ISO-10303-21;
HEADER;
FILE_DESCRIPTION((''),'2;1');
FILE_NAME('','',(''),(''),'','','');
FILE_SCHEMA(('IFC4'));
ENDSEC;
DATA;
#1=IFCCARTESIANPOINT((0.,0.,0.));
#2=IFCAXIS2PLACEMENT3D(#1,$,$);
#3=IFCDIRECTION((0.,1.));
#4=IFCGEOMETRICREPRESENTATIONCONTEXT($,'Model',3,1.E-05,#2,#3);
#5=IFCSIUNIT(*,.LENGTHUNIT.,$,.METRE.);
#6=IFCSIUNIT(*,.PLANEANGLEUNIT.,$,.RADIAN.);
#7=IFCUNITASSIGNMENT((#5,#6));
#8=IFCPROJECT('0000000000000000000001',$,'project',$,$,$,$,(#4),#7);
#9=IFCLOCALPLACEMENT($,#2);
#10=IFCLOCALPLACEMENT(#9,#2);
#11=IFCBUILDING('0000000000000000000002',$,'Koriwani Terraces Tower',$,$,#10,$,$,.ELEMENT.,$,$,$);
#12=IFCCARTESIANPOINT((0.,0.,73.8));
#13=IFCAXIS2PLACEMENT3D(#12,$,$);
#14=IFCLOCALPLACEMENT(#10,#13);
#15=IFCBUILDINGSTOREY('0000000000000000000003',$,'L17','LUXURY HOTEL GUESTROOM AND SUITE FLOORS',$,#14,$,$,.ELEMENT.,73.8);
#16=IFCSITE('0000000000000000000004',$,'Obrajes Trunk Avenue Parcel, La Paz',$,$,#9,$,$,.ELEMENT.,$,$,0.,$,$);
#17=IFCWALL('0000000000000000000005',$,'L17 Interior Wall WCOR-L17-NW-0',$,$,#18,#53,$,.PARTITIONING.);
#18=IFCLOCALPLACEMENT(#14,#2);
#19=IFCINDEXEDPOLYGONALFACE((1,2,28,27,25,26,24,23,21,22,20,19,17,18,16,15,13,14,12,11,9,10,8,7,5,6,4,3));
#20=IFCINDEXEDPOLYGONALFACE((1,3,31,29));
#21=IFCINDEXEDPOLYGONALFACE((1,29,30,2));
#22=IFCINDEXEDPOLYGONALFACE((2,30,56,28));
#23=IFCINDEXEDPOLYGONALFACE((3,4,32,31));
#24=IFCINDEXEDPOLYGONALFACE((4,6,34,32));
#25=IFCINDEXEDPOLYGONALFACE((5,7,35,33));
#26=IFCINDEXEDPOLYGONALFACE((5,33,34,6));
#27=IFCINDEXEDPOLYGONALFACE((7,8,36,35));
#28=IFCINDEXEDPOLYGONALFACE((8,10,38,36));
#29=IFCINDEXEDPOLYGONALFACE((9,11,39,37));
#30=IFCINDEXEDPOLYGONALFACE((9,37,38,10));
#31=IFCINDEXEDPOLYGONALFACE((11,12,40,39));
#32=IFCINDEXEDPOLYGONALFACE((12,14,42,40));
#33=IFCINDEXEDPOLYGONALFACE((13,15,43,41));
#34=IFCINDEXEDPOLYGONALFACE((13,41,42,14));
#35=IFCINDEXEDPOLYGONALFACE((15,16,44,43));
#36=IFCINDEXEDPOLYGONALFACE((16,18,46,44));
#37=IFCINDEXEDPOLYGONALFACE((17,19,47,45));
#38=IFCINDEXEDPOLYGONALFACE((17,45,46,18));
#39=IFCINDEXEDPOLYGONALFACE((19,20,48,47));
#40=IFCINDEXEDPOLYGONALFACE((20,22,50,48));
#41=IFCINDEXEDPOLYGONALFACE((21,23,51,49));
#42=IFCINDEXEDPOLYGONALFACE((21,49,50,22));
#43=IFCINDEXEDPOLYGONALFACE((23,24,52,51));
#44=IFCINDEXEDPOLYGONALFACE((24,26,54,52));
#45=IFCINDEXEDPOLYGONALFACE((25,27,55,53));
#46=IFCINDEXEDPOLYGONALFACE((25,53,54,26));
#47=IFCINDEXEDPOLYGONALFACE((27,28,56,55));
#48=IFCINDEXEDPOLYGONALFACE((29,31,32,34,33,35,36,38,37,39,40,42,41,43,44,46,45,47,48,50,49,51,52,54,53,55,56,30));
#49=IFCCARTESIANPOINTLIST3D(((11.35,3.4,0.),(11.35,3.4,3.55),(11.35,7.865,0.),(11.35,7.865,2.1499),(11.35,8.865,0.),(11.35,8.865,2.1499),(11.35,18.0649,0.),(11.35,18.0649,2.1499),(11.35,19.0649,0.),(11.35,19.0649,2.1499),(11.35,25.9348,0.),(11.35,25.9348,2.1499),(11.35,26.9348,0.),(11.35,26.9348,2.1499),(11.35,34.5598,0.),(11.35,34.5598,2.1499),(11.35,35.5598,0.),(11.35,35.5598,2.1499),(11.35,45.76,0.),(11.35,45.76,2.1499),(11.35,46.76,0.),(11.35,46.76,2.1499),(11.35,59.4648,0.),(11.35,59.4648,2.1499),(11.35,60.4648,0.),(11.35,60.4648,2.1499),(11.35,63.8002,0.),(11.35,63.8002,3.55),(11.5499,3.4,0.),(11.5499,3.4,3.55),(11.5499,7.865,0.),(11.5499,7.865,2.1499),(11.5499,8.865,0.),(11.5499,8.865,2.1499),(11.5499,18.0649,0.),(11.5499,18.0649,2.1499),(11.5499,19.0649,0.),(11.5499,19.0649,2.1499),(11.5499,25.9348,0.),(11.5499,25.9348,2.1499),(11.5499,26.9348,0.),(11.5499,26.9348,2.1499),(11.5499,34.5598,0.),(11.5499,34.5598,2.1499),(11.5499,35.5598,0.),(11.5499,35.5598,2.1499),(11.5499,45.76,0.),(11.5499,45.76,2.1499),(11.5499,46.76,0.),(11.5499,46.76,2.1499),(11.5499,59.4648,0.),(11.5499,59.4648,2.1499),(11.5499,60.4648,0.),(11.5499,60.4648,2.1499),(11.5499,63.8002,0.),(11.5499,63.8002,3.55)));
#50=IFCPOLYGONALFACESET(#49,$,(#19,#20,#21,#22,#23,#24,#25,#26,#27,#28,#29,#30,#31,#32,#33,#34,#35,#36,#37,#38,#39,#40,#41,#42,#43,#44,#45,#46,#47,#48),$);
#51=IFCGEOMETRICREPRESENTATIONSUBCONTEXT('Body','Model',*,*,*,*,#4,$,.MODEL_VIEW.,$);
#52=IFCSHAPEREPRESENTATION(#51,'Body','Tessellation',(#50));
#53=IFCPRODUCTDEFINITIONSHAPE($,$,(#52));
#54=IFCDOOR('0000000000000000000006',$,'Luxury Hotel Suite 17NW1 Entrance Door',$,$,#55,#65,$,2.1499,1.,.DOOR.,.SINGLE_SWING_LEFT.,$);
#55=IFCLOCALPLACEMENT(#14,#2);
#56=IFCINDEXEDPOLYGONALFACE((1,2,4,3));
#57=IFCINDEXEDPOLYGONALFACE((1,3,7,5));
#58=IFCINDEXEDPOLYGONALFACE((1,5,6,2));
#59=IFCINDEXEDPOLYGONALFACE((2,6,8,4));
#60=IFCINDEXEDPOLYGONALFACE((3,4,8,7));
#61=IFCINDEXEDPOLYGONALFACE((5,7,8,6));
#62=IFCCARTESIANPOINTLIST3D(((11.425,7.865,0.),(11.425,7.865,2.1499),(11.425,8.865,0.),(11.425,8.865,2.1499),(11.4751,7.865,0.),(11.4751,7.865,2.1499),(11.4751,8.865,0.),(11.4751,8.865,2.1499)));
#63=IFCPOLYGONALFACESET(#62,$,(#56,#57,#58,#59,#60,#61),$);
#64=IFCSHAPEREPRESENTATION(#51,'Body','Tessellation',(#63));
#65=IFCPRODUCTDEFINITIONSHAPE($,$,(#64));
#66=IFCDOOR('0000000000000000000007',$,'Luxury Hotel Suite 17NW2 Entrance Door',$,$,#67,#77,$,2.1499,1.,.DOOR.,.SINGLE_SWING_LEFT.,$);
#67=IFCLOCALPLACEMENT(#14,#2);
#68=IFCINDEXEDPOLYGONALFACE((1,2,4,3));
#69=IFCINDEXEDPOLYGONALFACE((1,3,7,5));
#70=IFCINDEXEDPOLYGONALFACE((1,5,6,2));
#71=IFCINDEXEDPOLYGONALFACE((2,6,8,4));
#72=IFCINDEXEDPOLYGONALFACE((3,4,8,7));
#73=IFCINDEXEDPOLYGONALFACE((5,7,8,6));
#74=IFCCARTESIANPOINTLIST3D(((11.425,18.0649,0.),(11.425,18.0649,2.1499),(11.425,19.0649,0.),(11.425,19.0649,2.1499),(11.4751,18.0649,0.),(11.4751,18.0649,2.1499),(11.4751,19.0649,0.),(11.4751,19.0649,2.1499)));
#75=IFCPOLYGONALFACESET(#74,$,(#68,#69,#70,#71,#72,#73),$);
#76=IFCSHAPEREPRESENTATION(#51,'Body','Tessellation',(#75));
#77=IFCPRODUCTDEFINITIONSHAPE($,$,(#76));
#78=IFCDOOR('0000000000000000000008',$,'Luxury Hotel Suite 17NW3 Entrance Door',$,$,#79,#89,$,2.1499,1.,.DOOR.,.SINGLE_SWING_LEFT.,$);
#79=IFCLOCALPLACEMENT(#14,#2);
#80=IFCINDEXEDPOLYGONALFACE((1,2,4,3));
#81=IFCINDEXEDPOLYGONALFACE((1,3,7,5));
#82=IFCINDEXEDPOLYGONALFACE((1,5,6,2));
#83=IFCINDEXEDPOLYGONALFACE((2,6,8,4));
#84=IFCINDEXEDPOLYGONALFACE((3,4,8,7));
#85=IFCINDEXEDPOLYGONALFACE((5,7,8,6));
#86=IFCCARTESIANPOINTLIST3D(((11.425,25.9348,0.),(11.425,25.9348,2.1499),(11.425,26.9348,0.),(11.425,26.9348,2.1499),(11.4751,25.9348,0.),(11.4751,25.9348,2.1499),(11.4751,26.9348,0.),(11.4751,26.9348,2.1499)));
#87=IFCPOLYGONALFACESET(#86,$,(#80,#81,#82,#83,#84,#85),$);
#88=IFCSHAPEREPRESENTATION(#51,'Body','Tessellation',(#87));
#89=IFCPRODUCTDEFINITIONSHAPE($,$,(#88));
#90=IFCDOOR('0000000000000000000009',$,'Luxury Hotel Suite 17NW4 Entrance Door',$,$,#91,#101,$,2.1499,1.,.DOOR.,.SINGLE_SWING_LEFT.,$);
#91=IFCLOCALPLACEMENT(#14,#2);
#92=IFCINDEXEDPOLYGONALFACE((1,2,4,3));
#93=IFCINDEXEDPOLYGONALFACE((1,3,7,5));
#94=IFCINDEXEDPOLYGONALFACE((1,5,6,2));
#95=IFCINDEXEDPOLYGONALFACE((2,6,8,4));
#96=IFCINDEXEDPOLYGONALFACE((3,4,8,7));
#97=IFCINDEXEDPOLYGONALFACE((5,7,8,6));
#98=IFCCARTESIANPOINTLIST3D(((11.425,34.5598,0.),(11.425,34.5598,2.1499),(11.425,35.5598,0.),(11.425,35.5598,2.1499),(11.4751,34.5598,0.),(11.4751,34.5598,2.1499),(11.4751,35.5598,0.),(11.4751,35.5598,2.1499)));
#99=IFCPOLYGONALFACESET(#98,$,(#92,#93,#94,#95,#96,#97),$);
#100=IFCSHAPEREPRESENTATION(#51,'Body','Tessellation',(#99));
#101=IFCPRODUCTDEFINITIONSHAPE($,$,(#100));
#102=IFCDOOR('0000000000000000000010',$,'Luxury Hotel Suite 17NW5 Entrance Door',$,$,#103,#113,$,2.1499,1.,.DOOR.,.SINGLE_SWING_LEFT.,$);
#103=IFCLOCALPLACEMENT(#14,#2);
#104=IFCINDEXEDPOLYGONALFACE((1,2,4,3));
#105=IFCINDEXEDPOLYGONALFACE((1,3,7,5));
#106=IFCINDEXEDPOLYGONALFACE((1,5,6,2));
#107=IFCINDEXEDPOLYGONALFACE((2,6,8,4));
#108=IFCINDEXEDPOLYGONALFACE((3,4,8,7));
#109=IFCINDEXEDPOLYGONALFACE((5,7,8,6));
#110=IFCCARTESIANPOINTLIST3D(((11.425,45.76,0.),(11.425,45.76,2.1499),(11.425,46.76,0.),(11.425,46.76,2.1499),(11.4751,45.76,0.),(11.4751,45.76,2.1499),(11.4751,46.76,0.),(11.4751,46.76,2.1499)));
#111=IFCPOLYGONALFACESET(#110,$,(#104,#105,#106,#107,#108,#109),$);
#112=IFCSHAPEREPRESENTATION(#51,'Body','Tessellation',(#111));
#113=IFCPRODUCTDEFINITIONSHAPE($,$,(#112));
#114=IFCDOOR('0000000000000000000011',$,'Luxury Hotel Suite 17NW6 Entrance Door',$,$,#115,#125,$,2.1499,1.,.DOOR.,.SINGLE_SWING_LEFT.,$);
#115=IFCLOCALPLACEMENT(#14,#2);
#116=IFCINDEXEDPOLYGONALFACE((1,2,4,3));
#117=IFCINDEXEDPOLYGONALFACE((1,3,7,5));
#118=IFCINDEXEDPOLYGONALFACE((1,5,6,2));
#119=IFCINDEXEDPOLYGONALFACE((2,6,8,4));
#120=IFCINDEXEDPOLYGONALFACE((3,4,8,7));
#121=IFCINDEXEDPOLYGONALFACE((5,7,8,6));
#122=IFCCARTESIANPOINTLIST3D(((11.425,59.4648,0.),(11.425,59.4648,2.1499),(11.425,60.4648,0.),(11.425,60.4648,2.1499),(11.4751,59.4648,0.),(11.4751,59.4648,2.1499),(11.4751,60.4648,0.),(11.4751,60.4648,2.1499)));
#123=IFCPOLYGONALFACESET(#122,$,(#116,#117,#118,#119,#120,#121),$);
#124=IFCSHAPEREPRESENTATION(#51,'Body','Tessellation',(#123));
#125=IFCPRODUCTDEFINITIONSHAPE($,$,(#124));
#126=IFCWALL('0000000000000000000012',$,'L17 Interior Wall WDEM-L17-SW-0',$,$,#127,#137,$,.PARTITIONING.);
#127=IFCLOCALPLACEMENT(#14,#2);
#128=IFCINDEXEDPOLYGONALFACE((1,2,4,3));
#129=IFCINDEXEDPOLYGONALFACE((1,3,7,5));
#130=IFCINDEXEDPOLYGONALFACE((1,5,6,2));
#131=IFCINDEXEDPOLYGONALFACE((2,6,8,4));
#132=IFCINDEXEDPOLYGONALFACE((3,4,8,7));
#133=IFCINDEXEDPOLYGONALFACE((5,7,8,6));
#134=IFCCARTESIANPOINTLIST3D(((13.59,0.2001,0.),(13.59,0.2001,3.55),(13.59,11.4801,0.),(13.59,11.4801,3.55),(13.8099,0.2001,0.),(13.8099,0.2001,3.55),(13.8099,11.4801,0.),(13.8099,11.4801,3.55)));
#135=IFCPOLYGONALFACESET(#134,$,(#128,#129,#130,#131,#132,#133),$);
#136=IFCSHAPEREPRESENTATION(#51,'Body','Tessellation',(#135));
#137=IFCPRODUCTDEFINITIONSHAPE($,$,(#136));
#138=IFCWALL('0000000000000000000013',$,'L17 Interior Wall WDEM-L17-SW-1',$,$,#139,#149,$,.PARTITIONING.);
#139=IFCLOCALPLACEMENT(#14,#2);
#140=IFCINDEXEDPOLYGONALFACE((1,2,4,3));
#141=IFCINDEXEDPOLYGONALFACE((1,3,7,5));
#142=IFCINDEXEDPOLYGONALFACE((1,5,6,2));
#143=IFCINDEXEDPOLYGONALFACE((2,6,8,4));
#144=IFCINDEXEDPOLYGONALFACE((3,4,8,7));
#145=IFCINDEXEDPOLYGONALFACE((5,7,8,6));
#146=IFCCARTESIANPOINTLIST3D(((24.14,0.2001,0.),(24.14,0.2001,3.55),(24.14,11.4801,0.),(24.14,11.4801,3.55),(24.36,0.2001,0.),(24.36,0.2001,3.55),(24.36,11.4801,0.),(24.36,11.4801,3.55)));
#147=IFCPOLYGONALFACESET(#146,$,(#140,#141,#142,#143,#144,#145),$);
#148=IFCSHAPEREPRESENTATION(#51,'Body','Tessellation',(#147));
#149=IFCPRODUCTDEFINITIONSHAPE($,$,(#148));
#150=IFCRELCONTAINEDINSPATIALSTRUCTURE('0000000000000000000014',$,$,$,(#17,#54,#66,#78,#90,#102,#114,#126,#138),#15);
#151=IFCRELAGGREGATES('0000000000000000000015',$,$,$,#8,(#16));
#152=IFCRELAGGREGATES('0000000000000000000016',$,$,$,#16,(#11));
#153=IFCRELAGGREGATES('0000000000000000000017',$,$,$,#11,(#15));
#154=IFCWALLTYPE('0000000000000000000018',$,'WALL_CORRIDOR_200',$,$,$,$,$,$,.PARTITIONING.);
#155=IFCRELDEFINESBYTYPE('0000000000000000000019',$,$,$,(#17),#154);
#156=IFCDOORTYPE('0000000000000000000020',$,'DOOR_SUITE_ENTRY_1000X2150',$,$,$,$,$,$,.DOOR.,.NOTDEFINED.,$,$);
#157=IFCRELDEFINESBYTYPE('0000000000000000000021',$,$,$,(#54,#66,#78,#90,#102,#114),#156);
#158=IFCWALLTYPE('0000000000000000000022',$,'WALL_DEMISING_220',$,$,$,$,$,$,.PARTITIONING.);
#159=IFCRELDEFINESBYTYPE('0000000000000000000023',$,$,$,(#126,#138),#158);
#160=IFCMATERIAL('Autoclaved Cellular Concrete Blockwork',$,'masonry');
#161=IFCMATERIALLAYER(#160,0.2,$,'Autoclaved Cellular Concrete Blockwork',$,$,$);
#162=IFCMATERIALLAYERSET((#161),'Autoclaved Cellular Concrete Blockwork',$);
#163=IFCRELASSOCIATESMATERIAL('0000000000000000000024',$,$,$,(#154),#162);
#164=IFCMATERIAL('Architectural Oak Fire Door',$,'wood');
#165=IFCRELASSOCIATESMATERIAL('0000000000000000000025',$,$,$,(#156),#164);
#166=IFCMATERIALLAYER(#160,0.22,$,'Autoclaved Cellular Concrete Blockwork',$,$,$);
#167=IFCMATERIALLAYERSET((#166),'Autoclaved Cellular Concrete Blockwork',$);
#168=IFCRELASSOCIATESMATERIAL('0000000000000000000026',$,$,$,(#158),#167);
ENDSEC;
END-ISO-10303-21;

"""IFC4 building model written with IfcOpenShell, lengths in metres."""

from ifc_helpers import new_model, si_unit, direction, frame, frame_2d, origin, place, context, subcontext, project, spatial, rectangle, extrude, material, layer, layer_set, type_object, element, fill, save


model = new_model("IFC4")

# Units and contexts
model_context = context("Model", 3, precision=1e-05, world=origin(), true_north=direction((0.0, 1.0)))
body_context = subcontext(model_context, "Body", "Model", "MODEL_VIEW")
ifc_project = project(units=[si_unit("LENGTHUNIT", "METRE"), si_unit("PLANEANGLEUNIT", "RADIAN")], contexts=[model_context])

# Site, building, storey
site_placement = place(None, origin())
site = spatial("IfcSite", under=ifc_project, at=site_placement, Name="Obrajes Trunk Avenue Parcel, La Paz", CompositionType="ELEMENT", RefElevation=0.0)
building_placement = place(site_placement, origin())
building = spatial("IfcBuilding", under=site, at=building_placement, Name="Koriwani Terraces Tower", CompositionType="ELEMENT")
storey_placement = place(building_placement, frame((0.0, 0.0, 73.8)))
storey = spatial("IfcBuildingStorey", under=building, at=storey_placement, Name="L17", Description="LUXURY HOTEL GUESTROOM AND SUITE FLOORS", CompositionType="ELEMENT", Elevation=73.8)

# Wall, openings, doors
ifc_material_1 = material(Name="Autoclaved Cellular Concrete Blockwork", Category="masonry")
ifc_layer_1 = layer(ifc_material_1, 0.2, Name="Autoclaved Cellular Concrete Blockwork")
ifc_layer_set_1 = layer_set([ifc_layer_1], Name="Autoclaved Cellular Concrete Blockwork")
wall_type_1 = type_object("IfcWallType", Name="WALL_CORRIDOR_200", PredefinedType="PARTITIONING", material=ifc_layer_set_1)
wall_1_placement = place(storey_placement, frame((11.45, 3.3999, 0.0), z_axis=(0.0, 0.0, 1.0), x_axis=(0.0, 1.0, 0.0)))
wall_1 = element("IfcWall", 1, at=wall_1_placement, inside=storey, type_object=wall_type_1, Name="L17 Interior Wall WCOR-L17-NW-0", PredefinedType="PARTITIONING", context=body_context, shape_type="SweptSolid", body=[
    extrude(rectangle(XDim=60.4001, YDim=0.2, at=frame_2d((30.2002, 0.0))), origin(), (0.0, 0.0, 1.0), 3.55),
])
opening_1_placement = place(wall_1_placement, frame((4.4651, 0.0, 0.0)))
opening_1 = element("IfcOpeningElement", 2, at=opening_1_placement, cuts=wall_1, PredefinedType="OPENING", context=body_context, shape_type="SweptSolid", body=[
    extrude(rectangle(XDim=1.0, YDim=2.1499, at=frame_2d((0.5, 1.075))), frame((0.0, 0.1099, 0.0), z_axis=(0.0, -1.0, 0.0), x_axis=(1.0, 0.0, 0.0)), (0.0, 0.0, 1.0), 0.22),
])
opening_2_placement = place(wall_1_placement, frame((14.665, 0.0, 0.0)))
opening_2 = element("IfcOpeningElement", 3, at=opening_2_placement, cuts=wall_1, PredefinedType="OPENING", context=body_context, shape_type="SweptSolid", body=[
    extrude(rectangle(XDim=1.0, YDim=2.1499, at=frame_2d((0.5, 1.075))), frame((0.0, 0.1099, 0.0), z_axis=(0.0, -1.0, 0.0), x_axis=(1.0, 0.0, 0.0)), (0.0, 0.0, 1.0), 0.22),
])
opening_3_placement = place(wall_1_placement, frame((22.5349, 0.0, 0.0)))
opening_3 = element("IfcOpeningElement", 4, at=opening_3_placement, cuts=wall_1, PredefinedType="OPENING", context=body_context, shape_type="SweptSolid", body=[
    extrude(rectangle(XDim=1.0, YDim=2.1499, at=frame_2d((0.5, 1.075))), frame((0.0, 0.1099, 0.0), z_axis=(0.0, -1.0, 0.0), x_axis=(1.0, 0.0, 0.0)), (0.0, 0.0, 1.0), 0.22),
])
opening_4_placement = place(wall_1_placement, frame((31.1599, 0.0, 0.0)))
opening_4 = element("IfcOpeningElement", 5, at=opening_4_placement, cuts=wall_1, PredefinedType="OPENING", context=body_context, shape_type="SweptSolid", body=[
    extrude(rectangle(XDim=1.0, YDim=2.1499, at=frame_2d((0.5, 1.075))), frame((0.0, 0.1099, 0.0), z_axis=(0.0, -1.0, 0.0), x_axis=(1.0, 0.0, 0.0)), (0.0, 0.0, 1.0), 0.22),
])
opening_5_placement = place(wall_1_placement, frame((42.3601, 0.0, 0.0)))
opening_5 = element("IfcOpeningElement", 6, at=opening_5_placement, cuts=wall_1, PredefinedType="OPENING", context=body_context, shape_type="SweptSolid", body=[
    extrude(rectangle(XDim=1.0, YDim=2.1499, at=frame_2d((0.5, 1.075))), frame((0.0, 0.1099, 0.0), z_axis=(0.0, -1.0, 0.0), x_axis=(1.0, 0.0, 0.0)), (0.0, 0.0, 1.0), 0.22),
])
opening_6_placement = place(wall_1_placement, frame((56.0649, 0.0, 0.0)))
opening_6 = element("IfcOpeningElement", 7, at=opening_6_placement, cuts=wall_1, PredefinedType="OPENING", context=body_context, shape_type="SweptSolid", body=[
    extrude(rectangle(XDim=1.0, YDim=2.1499, at=frame_2d((0.5, 1.075))), frame((0.0, 0.1099, 0.0), z_axis=(0.0, -1.0, 0.0), x_axis=(1.0, 0.0, 0.0)), (0.0, 0.0, 1.0), 0.22),
])
ifc_material_2 = material(Name="Architectural Oak Fire Door", Category="wood")
door_type_1 = type_object("IfcDoorType", Name="DOOR_SUITE_ENTRY_1000X2150", OperationType="NOTDEFINED", PredefinedType="DOOR", material=ifc_material_2)
door_1_placement = place(opening_1_placement, origin())
door_1 = element("IfcDoor", 8, at=door_1_placement, inside=storey, type_object=door_type_1, Name="Luxury Hotel Suite 17NW1 Entrance Door", OperationType="SINGLE_SWING_LEFT", OverallHeight=2.1499, OverallWidth=1.0, PredefinedType="DOOR", context=body_context, shape_type="SweptSolid", body=[
    extrude(rectangle(XDim=1.0, YDim=2.1499, at=frame_2d((0.5, 1.075))), frame((0.0, 0.0249, 0.0), z_axis=(0.0, -1.0, 0.0), x_axis=(1.0, 0.0, 0.0)), (0.0, 0.0, 1.0), 0.05),
])
fill(opening_1, door_1)
door_2_placement = place(opening_2_placement, origin())
door_2 = element("IfcDoor", 9, at=door_2_placement, inside=storey, type_object=door_type_1, Name="Luxury Hotel Suite 17NW2 Entrance Door", OperationType="SINGLE_SWING_LEFT", OverallHeight=2.1499, OverallWidth=1.0, PredefinedType="DOOR", context=body_context, shape_type="SweptSolid", body=[
    extrude(rectangle(XDim=1.0, YDim=2.1499, at=frame_2d((0.5, 1.075))), frame((0.0, 0.0249, 0.0), z_axis=(0.0, -1.0, 0.0), x_axis=(1.0, 0.0, 0.0)), (0.0, 0.0, 1.0), 0.05),
])
fill(opening_2, door_2)
door_3_placement = place(opening_3_placement, origin())
door_3 = element("IfcDoor", 10, at=door_3_placement, inside=storey, type_object=door_type_1, Name="Luxury Hotel Suite 17NW3 Entrance Door", OperationType="SINGLE_SWING_LEFT", OverallHeight=2.1499, OverallWidth=1.0, PredefinedType="DOOR", context=body_context, shape_type="SweptSolid", body=[
    extrude(rectangle(XDim=1.0, YDim=2.1499, at=frame_2d((0.5, 1.075))), frame((0.0, 0.0249, 0.0), z_axis=(0.0, -1.0, 0.0), x_axis=(1.0, 0.0, 0.0)), (0.0, 0.0, 1.0), 0.05),
])
fill(opening_3, door_3)
door_4_placement = place(opening_4_placement, origin())
door_4 = element("IfcDoor", 11, at=door_4_placement, inside=storey, type_object=door_type_1, Name="Luxury Hotel Suite 17NW4 Entrance Door", OperationType="SINGLE_SWING_LEFT", OverallHeight=2.1499, OverallWidth=1.0, PredefinedType="DOOR", context=body_context, shape_type="SweptSolid", body=[
    extrude(rectangle(XDim=1.0, YDim=2.1499, at=frame_2d((0.5, 1.075))), frame((0.0, 0.0249, 0.0), z_axis=(0.0, -1.0, 0.0), x_axis=(1.0, 0.0, 0.0)), (0.0, 0.0, 1.0), 0.05),
])
fill(opening_4, door_4)
door_5_placement = place(opening_5_placement, origin())
door_5 = element("IfcDoor", 12, at=door_5_placement, inside=storey, type_object=door_type_1, Name="Luxury Hotel Suite 17NW5 Entrance Door", OperationType="SINGLE_SWING_LEFT", OverallHeight=2.1499, OverallWidth=1.0, PredefinedType="DOOR", context=body_context, shape_type="SweptSolid", body=[
    extrude(rectangle(XDim=1.0, YDim=2.1499, at=frame_2d((0.5, 1.075))), frame((0.0, 0.0249, 0.0), z_axis=(0.0, -1.0, 0.0), x_axis=(1.0, 0.0, 0.0)), (0.0, 0.0, 1.0), 0.05),
])
fill(opening_5, door_5)
door_6_placement = place(opening_6_placement, origin())
door_6 = element("IfcDoor", 13, at=door_6_placement, inside=storey, type_object=door_type_1, Name="Luxury Hotel Suite 17NW6 Entrance Door", OperationType="SINGLE_SWING_LEFT", OverallHeight=2.1499, OverallWidth=1.0, PredefinedType="DOOR", context=body_context, shape_type="SweptSolid", body=[
    extrude(rectangle(XDim=1.0, YDim=2.1499, at=frame_2d((0.5, 1.075))), frame((0.0, 0.0249, 0.0), z_axis=(0.0, -1.0, 0.0), x_axis=(1.0, 0.0, 0.0)), (0.0, 0.0, 1.0), 0.05),
])
fill(opening_6, door_6)

# Walls
ifc_layer_2 = layer(ifc_material_1, 0.22, Name="Autoclaved Cellular Concrete Blockwork")
ifc_layer_set_2 = layer_set([ifc_layer_2], Name="Autoclaved Cellular Concrete Blockwork")
wall_type_2 = type_object("IfcWallType", Name="WALL_DEMISING_220", PredefinedType="PARTITIONING", material=ifc_layer_set_2)
for number, where, z_axis, x_axis, name in (
    (14, (13.7, 0.2, 0.0), (0.0, 0.0, 1.0), (0.0, 1.0, 0.0), "L17 Interior Wall WDEM-L17-SW-0"),
    (15, (24.25, 0.2, 0.0), (0.0, 0.0, 1.0), (0.0, 1.0, 0.0), "L17 Interior Wall WDEM-L17-SW-1"),
):
    element("IfcWall", number, at=place(storey_placement, frame(where, z_axis=z_axis, x_axis=x_axis)), inside=storey, type_object=wall_type_2, Name=name, PredefinedType="PARTITIONING", context=body_context, shape_type="SweptSolid", body=[
        extrude(rectangle(XDim=11.28, YDim=0.22, at=frame_2d((5.6401, 0.0))), origin(), (0.0, 0.0, 1.0), 3.55),
    ])

save(model, "model.ifc")
